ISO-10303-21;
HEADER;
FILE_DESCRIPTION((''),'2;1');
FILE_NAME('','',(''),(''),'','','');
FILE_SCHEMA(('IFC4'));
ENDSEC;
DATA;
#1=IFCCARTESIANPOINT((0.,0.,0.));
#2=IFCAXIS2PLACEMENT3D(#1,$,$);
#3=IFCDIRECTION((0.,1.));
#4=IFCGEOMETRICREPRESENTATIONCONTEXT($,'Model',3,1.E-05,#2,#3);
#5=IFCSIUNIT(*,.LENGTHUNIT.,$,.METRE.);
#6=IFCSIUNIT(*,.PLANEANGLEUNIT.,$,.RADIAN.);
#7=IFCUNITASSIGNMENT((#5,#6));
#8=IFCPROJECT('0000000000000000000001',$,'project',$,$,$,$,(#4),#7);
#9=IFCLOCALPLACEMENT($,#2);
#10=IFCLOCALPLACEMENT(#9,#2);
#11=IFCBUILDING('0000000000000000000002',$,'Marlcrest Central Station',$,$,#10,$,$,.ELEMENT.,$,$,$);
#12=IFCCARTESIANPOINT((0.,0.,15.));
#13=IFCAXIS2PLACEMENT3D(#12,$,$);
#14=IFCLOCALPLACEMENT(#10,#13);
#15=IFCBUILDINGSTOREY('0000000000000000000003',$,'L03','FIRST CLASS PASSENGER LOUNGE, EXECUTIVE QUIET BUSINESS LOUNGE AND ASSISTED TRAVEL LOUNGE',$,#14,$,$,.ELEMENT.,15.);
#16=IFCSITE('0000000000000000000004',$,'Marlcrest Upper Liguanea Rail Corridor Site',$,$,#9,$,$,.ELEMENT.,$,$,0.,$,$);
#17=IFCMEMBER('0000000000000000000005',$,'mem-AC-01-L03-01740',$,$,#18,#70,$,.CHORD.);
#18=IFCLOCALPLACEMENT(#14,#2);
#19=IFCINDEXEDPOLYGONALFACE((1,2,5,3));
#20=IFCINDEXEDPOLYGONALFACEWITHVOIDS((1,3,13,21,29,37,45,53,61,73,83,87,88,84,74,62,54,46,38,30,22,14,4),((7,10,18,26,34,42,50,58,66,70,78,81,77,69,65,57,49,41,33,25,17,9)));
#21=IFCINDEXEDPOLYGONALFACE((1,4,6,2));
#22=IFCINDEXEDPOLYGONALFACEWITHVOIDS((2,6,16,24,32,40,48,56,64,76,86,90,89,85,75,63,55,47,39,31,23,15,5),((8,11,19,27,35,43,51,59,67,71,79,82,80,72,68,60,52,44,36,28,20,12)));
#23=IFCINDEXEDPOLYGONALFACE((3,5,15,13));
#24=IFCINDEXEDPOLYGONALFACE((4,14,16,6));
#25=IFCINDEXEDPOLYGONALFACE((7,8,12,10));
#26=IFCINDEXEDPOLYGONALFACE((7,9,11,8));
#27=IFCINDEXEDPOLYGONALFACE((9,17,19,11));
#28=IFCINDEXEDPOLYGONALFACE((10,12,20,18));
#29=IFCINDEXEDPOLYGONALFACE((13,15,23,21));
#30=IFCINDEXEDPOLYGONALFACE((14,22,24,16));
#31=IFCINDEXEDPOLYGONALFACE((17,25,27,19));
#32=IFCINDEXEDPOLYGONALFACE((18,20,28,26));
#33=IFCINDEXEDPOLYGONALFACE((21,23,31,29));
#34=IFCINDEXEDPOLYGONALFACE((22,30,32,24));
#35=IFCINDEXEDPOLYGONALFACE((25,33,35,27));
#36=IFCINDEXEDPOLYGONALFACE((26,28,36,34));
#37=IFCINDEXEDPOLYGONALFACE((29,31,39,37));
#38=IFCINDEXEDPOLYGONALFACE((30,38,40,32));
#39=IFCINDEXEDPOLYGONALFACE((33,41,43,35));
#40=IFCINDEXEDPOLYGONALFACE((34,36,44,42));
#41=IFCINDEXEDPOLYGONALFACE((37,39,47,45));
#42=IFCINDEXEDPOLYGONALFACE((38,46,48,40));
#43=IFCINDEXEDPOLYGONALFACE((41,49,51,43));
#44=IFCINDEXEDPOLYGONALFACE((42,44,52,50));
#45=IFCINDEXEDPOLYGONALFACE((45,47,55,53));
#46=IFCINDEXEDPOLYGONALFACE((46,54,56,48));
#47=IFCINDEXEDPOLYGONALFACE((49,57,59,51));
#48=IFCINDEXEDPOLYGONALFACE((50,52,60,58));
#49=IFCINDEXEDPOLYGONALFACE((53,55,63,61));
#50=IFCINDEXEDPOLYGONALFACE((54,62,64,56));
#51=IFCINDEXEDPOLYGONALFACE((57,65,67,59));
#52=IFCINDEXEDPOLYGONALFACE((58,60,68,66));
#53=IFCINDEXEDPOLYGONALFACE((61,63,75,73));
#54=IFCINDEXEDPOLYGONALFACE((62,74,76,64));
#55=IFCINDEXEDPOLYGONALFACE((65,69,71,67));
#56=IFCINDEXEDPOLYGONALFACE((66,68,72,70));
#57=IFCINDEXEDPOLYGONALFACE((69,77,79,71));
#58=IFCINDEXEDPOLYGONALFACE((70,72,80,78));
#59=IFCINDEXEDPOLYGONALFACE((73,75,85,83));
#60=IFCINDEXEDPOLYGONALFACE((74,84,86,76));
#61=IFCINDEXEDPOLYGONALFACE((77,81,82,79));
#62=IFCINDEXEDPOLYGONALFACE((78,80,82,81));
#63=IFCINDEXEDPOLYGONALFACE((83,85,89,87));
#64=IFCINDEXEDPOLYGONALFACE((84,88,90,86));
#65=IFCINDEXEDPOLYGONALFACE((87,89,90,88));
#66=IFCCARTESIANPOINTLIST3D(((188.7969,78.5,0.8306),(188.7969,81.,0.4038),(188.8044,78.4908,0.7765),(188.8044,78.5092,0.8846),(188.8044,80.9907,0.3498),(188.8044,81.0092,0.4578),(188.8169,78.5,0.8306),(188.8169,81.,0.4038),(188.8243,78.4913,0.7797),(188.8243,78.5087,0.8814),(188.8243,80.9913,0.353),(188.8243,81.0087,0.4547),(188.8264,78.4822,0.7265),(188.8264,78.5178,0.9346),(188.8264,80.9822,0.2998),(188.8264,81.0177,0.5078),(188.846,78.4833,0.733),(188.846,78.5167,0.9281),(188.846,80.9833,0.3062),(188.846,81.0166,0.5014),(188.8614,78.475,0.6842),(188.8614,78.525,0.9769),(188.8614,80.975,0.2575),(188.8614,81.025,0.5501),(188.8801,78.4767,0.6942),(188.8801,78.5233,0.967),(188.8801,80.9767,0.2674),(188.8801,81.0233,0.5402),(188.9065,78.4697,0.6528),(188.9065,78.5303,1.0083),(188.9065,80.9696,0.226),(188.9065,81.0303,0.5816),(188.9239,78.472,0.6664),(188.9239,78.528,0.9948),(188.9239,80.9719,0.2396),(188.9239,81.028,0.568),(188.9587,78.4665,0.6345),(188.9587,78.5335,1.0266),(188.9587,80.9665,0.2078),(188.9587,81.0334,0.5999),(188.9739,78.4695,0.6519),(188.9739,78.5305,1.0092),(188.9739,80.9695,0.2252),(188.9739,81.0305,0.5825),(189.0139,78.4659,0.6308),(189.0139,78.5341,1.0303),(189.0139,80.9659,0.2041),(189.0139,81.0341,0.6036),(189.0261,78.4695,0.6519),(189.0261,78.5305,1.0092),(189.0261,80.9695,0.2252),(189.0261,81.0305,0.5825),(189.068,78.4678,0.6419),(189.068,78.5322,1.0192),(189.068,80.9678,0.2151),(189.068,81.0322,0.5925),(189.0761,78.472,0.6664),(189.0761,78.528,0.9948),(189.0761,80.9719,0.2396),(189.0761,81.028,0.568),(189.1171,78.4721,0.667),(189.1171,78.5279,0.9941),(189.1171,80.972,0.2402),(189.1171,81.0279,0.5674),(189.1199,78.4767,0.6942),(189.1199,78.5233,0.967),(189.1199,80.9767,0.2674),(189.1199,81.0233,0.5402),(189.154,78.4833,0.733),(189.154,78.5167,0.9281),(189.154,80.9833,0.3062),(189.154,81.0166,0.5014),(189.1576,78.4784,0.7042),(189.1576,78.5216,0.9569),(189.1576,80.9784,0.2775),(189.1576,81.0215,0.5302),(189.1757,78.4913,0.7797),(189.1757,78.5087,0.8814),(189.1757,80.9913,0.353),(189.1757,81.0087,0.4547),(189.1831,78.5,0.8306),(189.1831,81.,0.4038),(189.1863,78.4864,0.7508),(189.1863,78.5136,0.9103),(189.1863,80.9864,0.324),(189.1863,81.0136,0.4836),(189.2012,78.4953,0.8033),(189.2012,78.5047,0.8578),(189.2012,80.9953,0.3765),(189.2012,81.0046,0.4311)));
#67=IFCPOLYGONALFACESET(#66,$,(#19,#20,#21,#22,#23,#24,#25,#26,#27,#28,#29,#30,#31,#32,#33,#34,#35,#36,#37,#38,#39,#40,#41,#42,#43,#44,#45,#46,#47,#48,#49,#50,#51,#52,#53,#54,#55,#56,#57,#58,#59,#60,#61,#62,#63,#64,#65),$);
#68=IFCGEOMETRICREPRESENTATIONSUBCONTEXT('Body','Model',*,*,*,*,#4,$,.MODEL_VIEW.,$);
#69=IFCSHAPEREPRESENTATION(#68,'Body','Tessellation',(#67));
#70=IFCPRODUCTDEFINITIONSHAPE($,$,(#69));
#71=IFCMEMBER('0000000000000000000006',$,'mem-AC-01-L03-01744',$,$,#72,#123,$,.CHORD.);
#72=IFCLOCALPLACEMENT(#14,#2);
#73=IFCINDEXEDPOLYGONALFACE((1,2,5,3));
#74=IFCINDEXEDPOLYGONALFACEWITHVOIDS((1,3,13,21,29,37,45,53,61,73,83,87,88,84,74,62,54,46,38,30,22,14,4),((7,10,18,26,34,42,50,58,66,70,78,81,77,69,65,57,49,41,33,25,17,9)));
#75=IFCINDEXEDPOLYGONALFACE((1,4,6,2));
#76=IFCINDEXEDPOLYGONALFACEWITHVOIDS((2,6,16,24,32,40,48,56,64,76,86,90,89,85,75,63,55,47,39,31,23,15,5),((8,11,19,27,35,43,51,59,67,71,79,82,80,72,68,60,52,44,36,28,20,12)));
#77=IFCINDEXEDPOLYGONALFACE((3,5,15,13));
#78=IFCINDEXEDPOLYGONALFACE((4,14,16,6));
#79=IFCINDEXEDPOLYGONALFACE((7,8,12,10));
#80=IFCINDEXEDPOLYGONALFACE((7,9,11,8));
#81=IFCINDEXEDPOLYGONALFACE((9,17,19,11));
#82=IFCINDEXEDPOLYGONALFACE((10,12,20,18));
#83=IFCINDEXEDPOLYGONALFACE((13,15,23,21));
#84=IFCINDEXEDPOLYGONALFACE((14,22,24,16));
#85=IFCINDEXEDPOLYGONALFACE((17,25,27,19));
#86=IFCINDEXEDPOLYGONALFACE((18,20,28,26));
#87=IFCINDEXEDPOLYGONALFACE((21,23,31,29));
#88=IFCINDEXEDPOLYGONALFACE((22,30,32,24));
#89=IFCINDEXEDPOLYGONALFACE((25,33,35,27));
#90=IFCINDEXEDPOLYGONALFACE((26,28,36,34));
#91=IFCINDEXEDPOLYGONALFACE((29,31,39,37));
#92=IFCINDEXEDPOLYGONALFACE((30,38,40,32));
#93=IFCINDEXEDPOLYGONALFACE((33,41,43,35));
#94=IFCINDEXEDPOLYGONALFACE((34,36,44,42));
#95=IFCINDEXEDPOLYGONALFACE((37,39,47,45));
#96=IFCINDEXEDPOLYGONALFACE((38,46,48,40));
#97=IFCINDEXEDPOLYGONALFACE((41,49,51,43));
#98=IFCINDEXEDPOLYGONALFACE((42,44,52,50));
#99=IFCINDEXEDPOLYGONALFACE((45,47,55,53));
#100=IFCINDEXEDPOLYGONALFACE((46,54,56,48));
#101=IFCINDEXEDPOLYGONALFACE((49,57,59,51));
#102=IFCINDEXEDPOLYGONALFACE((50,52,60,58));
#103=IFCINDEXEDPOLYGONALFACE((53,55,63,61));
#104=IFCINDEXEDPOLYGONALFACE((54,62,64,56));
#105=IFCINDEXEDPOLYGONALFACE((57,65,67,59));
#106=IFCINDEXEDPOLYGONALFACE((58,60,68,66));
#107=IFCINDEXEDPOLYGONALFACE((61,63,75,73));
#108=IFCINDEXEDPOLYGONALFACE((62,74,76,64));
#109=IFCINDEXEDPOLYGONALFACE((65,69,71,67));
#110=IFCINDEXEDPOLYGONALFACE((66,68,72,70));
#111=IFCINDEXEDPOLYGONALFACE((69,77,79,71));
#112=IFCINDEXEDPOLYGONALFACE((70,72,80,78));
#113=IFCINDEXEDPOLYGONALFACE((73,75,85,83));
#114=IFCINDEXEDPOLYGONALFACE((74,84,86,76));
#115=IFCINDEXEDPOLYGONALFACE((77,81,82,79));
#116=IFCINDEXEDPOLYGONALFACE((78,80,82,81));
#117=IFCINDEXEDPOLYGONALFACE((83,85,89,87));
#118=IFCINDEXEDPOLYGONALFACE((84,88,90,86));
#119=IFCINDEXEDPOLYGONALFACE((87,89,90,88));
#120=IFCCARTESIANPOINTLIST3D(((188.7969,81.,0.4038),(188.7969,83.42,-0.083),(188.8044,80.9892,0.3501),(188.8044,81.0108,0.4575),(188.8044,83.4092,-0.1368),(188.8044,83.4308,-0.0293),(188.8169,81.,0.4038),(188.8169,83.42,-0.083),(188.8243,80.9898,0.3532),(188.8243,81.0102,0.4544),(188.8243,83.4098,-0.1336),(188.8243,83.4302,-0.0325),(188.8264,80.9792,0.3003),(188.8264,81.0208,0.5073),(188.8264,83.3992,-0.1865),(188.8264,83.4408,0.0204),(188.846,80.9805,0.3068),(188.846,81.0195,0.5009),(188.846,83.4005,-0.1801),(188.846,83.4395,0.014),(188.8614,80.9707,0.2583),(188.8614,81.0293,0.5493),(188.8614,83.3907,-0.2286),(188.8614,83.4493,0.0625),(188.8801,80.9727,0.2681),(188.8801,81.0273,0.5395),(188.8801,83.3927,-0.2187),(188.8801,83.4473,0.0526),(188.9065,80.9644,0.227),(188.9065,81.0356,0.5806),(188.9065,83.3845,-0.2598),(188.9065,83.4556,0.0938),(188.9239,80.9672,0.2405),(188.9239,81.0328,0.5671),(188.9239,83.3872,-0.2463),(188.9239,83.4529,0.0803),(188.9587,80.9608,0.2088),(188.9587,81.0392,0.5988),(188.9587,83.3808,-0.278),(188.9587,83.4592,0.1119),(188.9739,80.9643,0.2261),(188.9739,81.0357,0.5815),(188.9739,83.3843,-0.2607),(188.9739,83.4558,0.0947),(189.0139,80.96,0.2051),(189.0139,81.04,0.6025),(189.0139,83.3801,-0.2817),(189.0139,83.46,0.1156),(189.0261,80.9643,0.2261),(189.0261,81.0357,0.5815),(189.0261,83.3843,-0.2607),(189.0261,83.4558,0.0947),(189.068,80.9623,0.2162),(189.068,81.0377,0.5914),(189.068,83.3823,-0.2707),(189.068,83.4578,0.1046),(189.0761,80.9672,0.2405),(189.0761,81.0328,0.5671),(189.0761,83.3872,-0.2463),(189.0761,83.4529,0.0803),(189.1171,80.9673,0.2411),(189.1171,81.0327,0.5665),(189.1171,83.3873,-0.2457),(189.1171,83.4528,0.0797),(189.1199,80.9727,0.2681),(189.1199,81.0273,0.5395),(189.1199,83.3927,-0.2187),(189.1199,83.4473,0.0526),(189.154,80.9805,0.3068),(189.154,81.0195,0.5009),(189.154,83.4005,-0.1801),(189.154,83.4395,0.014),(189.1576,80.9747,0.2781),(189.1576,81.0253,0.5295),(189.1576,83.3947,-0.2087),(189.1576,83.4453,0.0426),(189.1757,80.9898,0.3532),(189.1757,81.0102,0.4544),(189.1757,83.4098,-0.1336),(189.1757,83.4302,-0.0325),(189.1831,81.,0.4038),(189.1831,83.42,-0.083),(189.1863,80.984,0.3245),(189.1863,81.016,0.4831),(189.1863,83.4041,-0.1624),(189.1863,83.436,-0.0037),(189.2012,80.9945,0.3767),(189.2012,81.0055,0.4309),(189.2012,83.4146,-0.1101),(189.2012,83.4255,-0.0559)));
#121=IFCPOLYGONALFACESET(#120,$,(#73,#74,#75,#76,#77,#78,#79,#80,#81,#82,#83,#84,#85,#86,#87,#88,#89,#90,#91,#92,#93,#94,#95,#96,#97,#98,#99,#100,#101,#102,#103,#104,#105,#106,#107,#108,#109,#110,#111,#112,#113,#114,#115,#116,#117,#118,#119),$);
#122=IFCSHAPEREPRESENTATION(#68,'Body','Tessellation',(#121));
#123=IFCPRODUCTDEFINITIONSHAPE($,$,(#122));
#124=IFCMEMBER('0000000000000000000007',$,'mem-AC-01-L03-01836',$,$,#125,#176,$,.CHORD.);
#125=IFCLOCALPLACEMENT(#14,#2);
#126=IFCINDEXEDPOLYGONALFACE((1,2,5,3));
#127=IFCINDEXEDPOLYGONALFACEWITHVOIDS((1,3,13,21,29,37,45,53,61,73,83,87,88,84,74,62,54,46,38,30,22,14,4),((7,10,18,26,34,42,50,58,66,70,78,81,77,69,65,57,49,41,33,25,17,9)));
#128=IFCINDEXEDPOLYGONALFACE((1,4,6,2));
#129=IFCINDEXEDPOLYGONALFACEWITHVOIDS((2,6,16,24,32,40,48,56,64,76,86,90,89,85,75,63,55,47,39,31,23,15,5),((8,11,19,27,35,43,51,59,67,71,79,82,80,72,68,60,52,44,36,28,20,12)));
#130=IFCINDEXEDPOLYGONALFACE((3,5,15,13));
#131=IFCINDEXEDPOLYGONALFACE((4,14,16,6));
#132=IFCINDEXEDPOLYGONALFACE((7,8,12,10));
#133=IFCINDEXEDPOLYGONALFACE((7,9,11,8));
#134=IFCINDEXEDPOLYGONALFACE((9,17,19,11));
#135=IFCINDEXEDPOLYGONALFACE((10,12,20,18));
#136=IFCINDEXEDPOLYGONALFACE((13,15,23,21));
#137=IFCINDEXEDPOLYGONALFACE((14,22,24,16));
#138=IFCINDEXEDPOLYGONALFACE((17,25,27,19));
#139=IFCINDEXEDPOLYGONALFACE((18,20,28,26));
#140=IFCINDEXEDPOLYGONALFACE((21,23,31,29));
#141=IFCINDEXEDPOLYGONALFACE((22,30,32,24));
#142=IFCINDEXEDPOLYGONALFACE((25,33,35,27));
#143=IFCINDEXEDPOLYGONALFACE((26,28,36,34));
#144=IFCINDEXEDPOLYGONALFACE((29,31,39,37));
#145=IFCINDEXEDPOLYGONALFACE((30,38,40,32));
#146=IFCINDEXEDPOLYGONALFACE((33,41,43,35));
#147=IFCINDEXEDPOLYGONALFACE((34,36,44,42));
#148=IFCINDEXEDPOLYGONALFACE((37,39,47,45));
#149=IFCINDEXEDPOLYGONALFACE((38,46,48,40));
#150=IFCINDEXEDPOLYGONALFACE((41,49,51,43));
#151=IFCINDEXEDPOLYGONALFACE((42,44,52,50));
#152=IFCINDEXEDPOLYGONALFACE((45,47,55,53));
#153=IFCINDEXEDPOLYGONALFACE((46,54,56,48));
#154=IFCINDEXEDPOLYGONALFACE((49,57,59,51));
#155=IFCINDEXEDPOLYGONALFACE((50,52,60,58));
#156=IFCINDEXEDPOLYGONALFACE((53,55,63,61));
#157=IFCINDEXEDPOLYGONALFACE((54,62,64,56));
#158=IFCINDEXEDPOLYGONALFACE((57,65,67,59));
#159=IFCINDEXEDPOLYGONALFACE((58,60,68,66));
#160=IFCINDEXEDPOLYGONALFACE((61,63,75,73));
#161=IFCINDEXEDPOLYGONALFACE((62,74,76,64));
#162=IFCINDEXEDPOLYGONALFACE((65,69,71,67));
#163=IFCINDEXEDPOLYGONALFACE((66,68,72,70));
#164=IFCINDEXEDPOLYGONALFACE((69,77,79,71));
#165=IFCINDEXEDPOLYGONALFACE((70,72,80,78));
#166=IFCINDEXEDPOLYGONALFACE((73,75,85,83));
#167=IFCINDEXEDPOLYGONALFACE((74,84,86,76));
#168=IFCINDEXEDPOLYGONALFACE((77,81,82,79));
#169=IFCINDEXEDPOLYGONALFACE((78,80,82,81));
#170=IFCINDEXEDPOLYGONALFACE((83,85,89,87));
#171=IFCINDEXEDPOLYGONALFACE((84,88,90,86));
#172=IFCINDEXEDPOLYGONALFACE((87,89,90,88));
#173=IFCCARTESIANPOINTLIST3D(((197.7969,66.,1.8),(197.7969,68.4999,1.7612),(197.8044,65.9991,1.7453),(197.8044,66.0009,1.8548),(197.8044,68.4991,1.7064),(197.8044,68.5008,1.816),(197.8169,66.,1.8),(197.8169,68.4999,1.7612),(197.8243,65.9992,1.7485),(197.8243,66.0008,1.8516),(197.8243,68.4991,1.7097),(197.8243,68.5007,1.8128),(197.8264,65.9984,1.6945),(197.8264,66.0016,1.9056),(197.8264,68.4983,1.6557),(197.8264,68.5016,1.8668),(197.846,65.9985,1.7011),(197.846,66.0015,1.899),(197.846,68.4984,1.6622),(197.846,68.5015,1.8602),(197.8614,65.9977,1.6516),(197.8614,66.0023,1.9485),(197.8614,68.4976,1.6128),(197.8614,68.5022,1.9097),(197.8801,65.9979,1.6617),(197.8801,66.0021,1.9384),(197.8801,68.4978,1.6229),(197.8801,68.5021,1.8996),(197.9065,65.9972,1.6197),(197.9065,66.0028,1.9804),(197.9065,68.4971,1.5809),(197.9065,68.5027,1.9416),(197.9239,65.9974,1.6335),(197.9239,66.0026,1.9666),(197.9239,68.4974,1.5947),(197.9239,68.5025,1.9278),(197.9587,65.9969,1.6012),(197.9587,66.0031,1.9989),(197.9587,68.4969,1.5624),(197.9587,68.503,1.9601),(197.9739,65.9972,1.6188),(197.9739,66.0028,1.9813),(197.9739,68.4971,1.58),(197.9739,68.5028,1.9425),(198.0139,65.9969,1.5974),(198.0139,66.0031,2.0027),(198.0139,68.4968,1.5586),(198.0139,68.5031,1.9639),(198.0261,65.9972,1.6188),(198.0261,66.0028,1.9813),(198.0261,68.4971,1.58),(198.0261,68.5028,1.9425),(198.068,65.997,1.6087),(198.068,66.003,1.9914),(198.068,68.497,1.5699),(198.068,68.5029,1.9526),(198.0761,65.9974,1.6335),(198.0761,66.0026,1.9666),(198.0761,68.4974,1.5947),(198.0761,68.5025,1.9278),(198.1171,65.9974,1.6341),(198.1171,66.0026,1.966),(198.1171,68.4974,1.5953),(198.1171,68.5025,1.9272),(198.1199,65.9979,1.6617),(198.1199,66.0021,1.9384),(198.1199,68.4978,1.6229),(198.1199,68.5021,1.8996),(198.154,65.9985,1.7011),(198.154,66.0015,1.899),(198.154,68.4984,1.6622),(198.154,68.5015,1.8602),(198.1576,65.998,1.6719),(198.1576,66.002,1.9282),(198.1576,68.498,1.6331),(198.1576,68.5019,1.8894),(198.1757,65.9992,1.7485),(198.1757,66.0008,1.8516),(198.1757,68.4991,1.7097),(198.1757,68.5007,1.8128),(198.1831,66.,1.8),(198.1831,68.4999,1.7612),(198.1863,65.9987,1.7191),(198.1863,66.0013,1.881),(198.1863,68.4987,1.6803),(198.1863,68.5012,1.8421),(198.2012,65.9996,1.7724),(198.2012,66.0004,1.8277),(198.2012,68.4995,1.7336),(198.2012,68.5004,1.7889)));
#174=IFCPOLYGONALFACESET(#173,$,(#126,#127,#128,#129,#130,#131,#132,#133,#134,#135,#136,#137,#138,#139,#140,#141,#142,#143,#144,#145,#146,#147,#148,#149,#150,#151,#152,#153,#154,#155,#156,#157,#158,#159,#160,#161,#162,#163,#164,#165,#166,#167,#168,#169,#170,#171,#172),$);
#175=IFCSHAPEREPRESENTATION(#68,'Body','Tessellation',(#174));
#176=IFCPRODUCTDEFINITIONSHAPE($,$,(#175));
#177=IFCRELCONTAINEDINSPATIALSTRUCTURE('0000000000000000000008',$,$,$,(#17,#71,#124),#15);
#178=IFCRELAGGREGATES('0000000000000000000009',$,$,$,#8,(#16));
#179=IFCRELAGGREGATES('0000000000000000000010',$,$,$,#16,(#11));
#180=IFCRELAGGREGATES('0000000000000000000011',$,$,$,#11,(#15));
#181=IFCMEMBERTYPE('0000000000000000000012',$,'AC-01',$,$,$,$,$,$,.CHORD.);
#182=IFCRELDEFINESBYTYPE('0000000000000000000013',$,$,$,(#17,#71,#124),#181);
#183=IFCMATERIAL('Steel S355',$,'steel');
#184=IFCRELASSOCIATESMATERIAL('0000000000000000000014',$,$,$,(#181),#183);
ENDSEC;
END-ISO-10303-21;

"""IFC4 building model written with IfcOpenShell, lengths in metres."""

from ifc_helpers import new_model, si_unit, direction, frame, origin, origin_2d, place, context, subcontext, project, spatial, hollow_circle, extrude, material, material_profile, profile_set, type_object, element, save


model = new_model("IFC4")

# Units and contexts
model_context = context("Model", 3, precision=1e-05, world=origin(), true_north=direction((0.0, 1.0)))
body_context = subcontext(model_context, "Body", "Model", "MODEL_VIEW")
ifc_project = project(units=[si_unit("LENGTHUNIT", "METRE"), si_unit("PLANEANGLEUNIT", "RADIAN")], contexts=[model_context])

# Site, building, storey
site_placement = place(None, origin())
site = spatial("IfcSite", under=ifc_project, at=site_placement, Name="Marlcrest Upper Liguanea Rail Corridor Site", CompositionType="ELEMENT", RefElevation=0.0)
building_placement = place(site_placement, origin())
building = spatial("IfcBuilding", under=site, at=building_placement, Name="Marlcrest Central Station", CompositionType="ELEMENT")
storey_placement = place(building_placement, frame((0.0, 0.0, 15.0)))
storey = spatial("IfcBuildingStorey", under=building, at=storey_placement, Name="L03", Description="FIRST CLASS PASSENGER LOUNGE, EXECUTIVE QUIET BUSINESS LOUNGE AND ASSISTED TRAVEL LOUNGE", CompositionType="ELEMENT", Elevation=15.0)

# Members
ifc_material_1 = material(Name="Steel S355", Category="steel")
ifc_material_profile_1 = material_profile(ifc_material_1, hollow_circle(Radius=0.2031, WallThickness=0.02, at=origin_2d()), Name="CHS 406.4x20")
ifc_profile_set_1 = profile_set([ifc_material_profile_1], Name="Steel S355")
member_type_1 = type_object("IfcMemberType", Name="AC-01", PredefinedType="CHORD", material=ifc_profile_set_1)
member_1_placement = place(storey_placement, frame((189.0, 78.5, 0.8306), z_axis=(0.0, 0.985741, -0.168269), x_axis=(-1.0, 0.0, 0.0)))
element("IfcMember", 1, at=member_1_placement, inside=storey, type_object=member_type_1, Name="mem-AC-01-L03-01740", PredefinedType="CHORD", context=body_context, shape_type="SweptSolid", body=[
    extrude(hollow_circle(Radius=0.2031, WallThickness=0.02, at=origin_2d()), origin(), (0.0, 0.0, 1.0), 2.5361),
])
member_2_placement = place(storey_placement, frame((189.0, 81.0, 0.4038), z_axis=(0.0, 0.980359, -0.197219), x_axis=(-1.0, 0.0, 0.0)))
element("IfcMember", 2, at=member_2_placement, inside=storey, type_object=member_type_1, Name="mem-AC-01-L03-01744", PredefinedType="CHORD", context=body_context, shape_type="SweptSolid", body=[
    extrude(hollow_circle(Radius=0.2031, WallThickness=0.02, at=origin_2d()), origin(), (0.0, 0.0, 1.0), 2.4685),
])
member_3_placement = place(storey_placement, frame((198.0, 66.0, 1.8), z_axis=(0.0, 0.999879, -0.015525), x_axis=(-1.0, 0.0, 0.0)))
element("IfcMember", 3, at=member_3_placement, inside=storey, type_object=member_type_1, Name="mem-AC-01-L03-01836", PredefinedType="CHORD", context=body_context, shape_type="SweptSolid", body=[
    extrude(hollow_circle(Radius=0.2031, WallThickness=0.02, at=origin_2d()), origin(), (0.0, 0.0, 1.0), 2.5002),
])

save(model, "model.ifc")
